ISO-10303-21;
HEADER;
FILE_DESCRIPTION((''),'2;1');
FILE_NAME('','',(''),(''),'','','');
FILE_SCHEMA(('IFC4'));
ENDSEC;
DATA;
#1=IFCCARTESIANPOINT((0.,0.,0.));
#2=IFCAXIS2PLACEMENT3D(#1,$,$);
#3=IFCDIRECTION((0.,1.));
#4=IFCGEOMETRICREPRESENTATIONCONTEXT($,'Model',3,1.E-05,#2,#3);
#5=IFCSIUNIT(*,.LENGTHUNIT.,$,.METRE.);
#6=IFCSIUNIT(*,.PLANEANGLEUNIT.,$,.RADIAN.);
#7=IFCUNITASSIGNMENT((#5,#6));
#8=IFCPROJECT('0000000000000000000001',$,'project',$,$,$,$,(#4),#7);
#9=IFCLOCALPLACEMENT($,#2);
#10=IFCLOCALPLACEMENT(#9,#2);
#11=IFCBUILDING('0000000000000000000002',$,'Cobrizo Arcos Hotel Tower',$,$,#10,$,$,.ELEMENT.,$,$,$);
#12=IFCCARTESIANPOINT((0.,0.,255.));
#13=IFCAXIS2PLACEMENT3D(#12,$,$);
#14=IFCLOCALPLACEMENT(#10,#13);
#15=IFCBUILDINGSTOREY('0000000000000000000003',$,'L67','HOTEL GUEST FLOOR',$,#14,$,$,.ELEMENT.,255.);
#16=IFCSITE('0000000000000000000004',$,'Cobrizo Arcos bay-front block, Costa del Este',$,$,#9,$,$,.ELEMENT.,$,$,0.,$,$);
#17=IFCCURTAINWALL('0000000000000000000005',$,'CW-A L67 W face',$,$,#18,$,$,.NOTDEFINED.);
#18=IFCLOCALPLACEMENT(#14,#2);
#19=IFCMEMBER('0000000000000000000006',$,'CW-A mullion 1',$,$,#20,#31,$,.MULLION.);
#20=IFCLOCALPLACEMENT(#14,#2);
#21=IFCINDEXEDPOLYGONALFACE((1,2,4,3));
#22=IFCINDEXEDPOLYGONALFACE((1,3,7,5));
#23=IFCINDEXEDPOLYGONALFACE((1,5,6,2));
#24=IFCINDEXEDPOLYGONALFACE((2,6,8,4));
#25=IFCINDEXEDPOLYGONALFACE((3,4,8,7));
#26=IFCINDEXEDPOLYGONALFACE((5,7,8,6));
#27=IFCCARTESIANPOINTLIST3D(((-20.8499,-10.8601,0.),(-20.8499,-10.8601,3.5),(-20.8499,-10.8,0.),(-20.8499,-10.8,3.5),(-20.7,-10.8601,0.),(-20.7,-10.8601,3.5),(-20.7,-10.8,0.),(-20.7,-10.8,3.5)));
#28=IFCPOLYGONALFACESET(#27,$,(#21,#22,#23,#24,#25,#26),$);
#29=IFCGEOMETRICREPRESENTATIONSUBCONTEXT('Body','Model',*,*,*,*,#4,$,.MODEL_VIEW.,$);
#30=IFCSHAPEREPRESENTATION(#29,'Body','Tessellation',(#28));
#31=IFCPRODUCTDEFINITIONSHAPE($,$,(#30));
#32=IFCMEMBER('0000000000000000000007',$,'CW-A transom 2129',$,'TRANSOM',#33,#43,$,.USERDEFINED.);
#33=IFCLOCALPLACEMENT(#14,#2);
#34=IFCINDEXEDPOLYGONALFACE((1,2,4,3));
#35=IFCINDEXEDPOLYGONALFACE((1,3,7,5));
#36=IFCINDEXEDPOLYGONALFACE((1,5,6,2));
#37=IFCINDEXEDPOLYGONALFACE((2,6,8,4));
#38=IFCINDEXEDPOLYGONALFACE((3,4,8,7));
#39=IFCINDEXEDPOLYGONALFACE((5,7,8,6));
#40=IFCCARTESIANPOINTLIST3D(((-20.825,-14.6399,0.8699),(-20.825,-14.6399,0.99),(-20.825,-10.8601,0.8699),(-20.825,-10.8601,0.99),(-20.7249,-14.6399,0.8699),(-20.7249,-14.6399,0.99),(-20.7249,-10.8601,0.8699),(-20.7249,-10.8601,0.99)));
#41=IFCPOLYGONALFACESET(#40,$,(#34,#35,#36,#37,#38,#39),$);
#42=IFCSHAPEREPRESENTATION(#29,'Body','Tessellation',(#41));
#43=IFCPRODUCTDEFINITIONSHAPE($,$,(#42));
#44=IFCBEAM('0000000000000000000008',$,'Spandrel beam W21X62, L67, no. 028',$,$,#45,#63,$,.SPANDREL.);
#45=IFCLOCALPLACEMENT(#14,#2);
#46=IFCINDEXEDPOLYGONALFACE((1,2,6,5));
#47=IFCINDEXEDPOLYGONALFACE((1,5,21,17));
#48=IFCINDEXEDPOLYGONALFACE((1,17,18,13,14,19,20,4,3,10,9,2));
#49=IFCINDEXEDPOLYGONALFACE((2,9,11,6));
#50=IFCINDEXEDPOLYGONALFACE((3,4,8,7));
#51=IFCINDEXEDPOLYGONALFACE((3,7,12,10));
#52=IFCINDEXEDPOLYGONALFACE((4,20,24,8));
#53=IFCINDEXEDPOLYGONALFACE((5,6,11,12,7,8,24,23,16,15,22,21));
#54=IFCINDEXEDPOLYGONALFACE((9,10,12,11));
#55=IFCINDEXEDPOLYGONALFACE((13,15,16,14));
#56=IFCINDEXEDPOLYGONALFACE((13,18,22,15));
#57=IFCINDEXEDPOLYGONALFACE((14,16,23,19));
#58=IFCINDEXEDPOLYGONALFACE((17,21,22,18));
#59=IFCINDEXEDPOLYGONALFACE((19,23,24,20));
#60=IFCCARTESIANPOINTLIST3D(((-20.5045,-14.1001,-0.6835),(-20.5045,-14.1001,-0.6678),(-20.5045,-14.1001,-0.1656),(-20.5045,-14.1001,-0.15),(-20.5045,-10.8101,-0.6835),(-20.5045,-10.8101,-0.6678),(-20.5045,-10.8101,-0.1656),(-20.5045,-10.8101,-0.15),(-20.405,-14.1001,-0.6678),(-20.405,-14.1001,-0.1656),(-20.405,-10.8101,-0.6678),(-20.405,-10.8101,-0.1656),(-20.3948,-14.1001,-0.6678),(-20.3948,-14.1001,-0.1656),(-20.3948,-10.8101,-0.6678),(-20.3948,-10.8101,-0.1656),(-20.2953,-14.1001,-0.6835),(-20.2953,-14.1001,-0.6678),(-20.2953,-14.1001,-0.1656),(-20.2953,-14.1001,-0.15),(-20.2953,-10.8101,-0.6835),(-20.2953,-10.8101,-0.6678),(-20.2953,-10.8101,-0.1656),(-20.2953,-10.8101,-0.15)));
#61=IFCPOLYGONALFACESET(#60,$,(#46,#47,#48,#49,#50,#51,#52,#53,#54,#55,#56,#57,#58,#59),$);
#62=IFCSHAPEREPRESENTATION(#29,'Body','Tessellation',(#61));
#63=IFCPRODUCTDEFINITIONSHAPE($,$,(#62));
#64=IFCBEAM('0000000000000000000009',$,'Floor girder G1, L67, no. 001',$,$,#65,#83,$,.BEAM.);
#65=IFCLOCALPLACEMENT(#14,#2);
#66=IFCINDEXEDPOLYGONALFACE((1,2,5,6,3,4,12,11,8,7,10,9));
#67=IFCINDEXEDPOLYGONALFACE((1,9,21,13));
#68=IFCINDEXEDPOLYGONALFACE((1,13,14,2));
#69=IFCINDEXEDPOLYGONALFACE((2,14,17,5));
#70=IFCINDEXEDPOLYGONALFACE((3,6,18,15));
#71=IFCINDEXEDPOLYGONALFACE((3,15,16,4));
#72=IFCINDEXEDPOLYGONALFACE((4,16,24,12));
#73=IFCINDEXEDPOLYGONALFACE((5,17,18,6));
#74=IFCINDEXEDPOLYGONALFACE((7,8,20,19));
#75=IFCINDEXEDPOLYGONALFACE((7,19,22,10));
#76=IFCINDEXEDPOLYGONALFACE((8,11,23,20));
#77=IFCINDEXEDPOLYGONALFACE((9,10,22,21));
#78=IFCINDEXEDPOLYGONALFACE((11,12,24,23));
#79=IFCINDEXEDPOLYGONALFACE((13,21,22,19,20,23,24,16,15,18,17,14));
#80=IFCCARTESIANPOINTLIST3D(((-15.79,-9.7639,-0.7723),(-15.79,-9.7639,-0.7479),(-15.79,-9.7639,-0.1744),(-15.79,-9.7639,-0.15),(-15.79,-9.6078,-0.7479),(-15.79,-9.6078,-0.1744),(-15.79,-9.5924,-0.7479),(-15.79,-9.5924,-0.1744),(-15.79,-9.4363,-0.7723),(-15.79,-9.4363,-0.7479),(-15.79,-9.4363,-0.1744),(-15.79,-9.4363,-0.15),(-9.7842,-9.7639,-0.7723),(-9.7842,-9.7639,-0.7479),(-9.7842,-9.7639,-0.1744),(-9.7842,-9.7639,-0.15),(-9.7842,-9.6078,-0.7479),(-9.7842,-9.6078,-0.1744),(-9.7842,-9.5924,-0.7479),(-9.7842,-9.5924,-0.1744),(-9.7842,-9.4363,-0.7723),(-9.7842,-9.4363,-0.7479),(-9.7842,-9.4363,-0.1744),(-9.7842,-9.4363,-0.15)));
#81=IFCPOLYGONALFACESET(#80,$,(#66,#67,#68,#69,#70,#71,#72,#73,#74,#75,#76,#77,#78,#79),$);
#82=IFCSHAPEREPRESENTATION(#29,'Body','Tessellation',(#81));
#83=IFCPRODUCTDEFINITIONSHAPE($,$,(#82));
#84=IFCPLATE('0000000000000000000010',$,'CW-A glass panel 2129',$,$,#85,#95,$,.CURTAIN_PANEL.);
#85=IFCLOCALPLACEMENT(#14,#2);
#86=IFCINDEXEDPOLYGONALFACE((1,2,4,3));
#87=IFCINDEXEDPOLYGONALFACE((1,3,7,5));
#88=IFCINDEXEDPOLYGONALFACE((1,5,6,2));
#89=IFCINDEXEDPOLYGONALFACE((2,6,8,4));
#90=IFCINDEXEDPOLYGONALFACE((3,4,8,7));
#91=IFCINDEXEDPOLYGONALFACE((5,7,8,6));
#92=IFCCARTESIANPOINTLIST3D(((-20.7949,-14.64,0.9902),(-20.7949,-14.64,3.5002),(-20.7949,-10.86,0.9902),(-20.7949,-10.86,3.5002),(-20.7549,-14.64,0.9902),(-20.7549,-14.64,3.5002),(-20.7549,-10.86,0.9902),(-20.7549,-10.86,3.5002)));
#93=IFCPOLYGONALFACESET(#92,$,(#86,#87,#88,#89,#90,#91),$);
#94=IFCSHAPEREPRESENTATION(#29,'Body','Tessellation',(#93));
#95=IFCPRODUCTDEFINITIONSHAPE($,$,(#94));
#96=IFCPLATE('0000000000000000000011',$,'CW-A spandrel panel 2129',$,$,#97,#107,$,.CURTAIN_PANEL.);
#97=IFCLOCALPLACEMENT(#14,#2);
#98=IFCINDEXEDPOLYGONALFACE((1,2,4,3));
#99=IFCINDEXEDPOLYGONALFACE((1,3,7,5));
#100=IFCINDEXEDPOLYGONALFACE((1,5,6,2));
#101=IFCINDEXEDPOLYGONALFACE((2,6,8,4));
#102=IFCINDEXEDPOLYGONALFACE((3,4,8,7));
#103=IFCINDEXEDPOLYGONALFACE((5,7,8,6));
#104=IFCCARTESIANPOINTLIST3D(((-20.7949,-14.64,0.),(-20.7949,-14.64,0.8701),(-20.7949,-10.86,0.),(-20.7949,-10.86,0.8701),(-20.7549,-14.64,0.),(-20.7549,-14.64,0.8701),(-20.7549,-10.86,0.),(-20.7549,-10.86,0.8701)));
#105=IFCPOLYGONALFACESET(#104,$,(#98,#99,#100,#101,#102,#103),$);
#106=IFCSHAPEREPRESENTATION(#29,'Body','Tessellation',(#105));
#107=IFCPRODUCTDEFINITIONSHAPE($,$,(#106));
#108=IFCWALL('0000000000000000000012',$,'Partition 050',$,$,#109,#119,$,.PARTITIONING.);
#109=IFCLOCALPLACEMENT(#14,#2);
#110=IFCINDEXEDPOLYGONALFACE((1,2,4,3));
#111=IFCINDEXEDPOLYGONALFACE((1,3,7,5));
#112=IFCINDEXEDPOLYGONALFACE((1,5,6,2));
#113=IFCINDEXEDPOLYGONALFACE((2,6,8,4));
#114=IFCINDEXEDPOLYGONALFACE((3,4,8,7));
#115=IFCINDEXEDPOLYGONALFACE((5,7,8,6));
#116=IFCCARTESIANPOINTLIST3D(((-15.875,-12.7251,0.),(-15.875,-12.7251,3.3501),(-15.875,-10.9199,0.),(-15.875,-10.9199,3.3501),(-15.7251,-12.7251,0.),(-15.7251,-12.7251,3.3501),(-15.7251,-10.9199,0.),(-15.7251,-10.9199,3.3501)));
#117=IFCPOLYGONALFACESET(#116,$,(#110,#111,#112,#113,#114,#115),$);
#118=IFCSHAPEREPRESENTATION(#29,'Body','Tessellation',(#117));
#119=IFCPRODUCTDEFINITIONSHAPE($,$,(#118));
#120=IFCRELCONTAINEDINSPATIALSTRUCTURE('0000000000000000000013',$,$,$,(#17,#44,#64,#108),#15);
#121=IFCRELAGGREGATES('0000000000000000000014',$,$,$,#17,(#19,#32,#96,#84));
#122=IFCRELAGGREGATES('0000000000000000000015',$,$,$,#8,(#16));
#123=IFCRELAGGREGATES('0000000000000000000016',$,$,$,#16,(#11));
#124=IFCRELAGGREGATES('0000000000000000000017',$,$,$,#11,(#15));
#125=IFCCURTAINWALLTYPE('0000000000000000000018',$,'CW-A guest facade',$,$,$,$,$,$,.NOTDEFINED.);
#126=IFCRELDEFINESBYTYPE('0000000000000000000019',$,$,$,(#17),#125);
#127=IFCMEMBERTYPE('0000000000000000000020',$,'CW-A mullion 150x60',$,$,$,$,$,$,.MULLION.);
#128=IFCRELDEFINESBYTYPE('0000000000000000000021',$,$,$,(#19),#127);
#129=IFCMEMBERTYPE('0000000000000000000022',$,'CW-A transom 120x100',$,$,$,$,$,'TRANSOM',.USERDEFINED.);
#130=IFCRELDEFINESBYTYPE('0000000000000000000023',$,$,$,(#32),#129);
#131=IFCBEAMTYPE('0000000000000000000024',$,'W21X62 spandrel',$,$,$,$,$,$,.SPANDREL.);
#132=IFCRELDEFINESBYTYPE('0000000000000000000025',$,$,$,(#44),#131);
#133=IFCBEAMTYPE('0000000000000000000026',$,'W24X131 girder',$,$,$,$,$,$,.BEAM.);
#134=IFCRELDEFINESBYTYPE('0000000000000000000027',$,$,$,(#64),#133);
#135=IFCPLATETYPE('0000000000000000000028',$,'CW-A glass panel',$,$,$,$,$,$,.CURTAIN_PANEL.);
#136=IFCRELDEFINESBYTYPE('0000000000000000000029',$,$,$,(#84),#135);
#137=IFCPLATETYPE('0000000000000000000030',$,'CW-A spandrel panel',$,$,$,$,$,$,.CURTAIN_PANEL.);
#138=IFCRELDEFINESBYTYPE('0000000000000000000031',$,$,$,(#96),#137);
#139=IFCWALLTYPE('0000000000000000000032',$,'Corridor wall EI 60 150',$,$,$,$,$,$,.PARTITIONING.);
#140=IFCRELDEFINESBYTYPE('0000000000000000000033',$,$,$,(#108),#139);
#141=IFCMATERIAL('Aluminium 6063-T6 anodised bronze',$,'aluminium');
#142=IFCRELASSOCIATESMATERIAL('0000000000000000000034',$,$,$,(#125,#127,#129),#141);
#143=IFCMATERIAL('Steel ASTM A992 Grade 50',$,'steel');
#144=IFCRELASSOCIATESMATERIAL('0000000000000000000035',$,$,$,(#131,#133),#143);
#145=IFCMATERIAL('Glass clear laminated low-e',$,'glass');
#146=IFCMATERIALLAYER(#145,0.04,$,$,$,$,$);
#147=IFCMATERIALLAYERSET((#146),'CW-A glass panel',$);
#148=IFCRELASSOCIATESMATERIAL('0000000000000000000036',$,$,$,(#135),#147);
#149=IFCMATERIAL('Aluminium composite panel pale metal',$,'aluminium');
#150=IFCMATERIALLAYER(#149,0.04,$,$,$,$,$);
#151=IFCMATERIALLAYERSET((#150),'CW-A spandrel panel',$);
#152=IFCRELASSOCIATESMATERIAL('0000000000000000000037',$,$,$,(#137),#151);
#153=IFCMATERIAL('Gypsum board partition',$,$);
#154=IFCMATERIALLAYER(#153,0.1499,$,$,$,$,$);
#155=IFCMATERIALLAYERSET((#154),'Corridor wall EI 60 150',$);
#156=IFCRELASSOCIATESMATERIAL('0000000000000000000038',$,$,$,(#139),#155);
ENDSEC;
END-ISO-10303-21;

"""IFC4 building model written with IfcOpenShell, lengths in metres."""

from ifc_helpers import new_model, si_unit, direction, frame, frame_2d, origin, origin_2d, place, context, subcontext, project, spatial, rectangle, i_section, extrude, material, layer, layer_set, material_profile, profile_set, type_object, element, aggregate, save


model = new_model("IFC4")

# Units and contexts
model_context = context("Model", 3, precision=1e-05, world=origin(), true_north=direction((0.0, 1.0)))
body_context = subcontext(model_context, "Body", "Model", "MODEL_VIEW")
ifc_project = project(units=[si_unit("LENGTHUNIT", "METRE"), si_unit("PLANEANGLEUNIT", "RADIAN")], contexts=[model_context])

# Site, building, storey
site_placement = place(None, origin())
site = spatial("IfcSite", under=ifc_project, at=site_placement, Name="Cobrizo Arcos bay-front block, Costa del Este", CompositionType="ELEMENT", RefElevation=0.0)
building_placement = place(site_placement, origin())
building = spatial("IfcBuilding", under=site, at=building_placement, Name="Cobrizo Arcos Hotel Tower", CompositionType="ELEMENT")
storey_placement = place(building_placement, frame((0.0, 0.0, 255.0)))
storey = spatial("IfcBuildingStorey", under=building, at=storey_placement, Name="L67", Description="HOTEL GUEST FLOOR", CompositionType="ELEMENT", Elevation=255.0)

# Curtain wall, members
ifc_material_1 = material(Name="Aluminium 6063-T6 anodised bronze", Category="aluminium")
curtain_wall_type = type_object("IfcCurtainWallType", Name="CW-A guest facade", PredefinedType="NOTDEFINED", material=ifc_material_1)
curtain_wall_placement = place(storey_placement, origin())
curtain_wall = element("IfcCurtainWall", 1, at=curtain_wall_placement, inside=storey, type_object=curtain_wall_type, Name="CW-A L67 W face", PredefinedType="NOTDEFINED")
ifc_material_profile_1 = material_profile(ifc_material_1, rectangle(XDim=0.1499, YDim=0.0601, at=origin_2d()), Name="CW-A mullion 150x60")
ifc_profile_set_1 = profile_set([ifc_material_profile_1], Name="Aluminium 6063-T6 anodised bronze")
member_type_1 = type_object("IfcMemberType", Name="CW-A mullion 150x60", PredefinedType="MULLION", material=ifc_profile_set_1)
member_1_placement = place(storey_placement, frame((-20.7749, -10.8301, 0.0), z_axis=(0.0, 0.0, 1.0), x_axis=(-1.0, 0.0, 0.0)))
member_1 = element("IfcMember", 2, at=member_1_placement, type_object=member_type_1, Name="CW-A mullion 1", PredefinedType="MULLION", context=body_context, shape_type="SweptSolid", body=[
    extrude(rectangle(XDim=0.1499, YDim=0.0601, at=origin_2d()), origin(), (0.0, 0.0, 1.0), 3.5),
])
ifc_material_profile_2 = material_profile(ifc_material_1, rectangle(XDim=0.1001, YDim=0.1201, at=origin_2d()), Name="CW-A transom 120x100")
ifc_profile_set_2 = profile_set([ifc_material_profile_2], Name="Aluminium 6063-T6 anodised bronze")
member_type_2 = type_object("IfcMemberType", Name="CW-A transom 120x100", ElementType="TRANSOM", PredefinedType="USERDEFINED", material=ifc_profile_set_2)
member_2_placement = place(storey_placement, frame((-20.7749, -10.8601, 0.9299), z_axis=(0.0, -1.0, 0.0), x_axis=(1.0, 0.0, 0.0)))
member_2 = element("IfcMember", 3, at=member_2_placement, type_object=member_type_2, Name="CW-A transom 2129", ObjectType="TRANSOM", PredefinedType="USERDEFINED", context=body_context, shape_type="SweptSolid", body=[
    extrude(rectangle(XDim=0.1001, YDim=0.1201, at=origin_2d()), origin(), (0.0, 0.0, 1.0), 3.7798),
])

# Beams
ifc_material_2 = material(Name="Steel ASTM A992 Grade 50", Category="steel")
ifc_material_profile_3 = material_profile(ifc_material_2, i_section(OverallWidth=0.2092, OverallDepth=0.5334, WebThickness=0.0103, FlangeThickness=0.0156, at=origin_2d()), Name="W21X62")
ifc_profile_set_3 = profile_set([ifc_material_profile_3], Name="Steel ASTM A992 Grade 50")
beam_type_1 = type_object("IfcBeamType", Name="W21X62 spandrel", PredefinedType="SPANDREL", material=ifc_profile_set_3)
beam_1_placement = place(storey_placement, frame((-20.3999, -10.8101, -0.4167), z_axis=(0.0, -1.0, 0.0), x_axis=(1.0, 0.0, 0.0)))
element("IfcBeam", 4, at=beam_1_placement, inside=storey, type_object=beam_type_1, Name="Spandrel beam W21X62, L67, no. 028", PredefinedType="SPANDREL", context=body_context, shape_type="SweptSolid", body=[
    extrude(i_section(OverallWidth=0.2092, OverallDepth=0.5334, WebThickness=0.0103, FlangeThickness=0.0156, at=origin_2d()), origin(), (0.0, 0.0, 1.0), 3.29),
])
ifc_material_profile_4 = material_profile(ifc_material_2, i_section(OverallWidth=0.3276, OverallDepth=0.6223, WebThickness=0.0154, FlangeThickness=0.0244, at=origin_2d()), Name="W24X131")
ifc_profile_set_4 = profile_set([ifc_material_profile_4], Name="Steel ASTM A992 Grade 50")
beam_type_2 = type_object("IfcBeamType", Name="W24X131 girder", PredefinedType="BEAM", material=ifc_profile_set_4)
beam_2_placement = place(storey_placement, frame((-15.79, -9.6001, -0.4612), z_axis=(1.0, 0.0, 0.0), x_axis=(0.0, 1.0, 0.0)))
element("IfcBeam", 5, at=beam_2_placement, inside=storey, type_object=beam_type_2, Name="Floor girder G1, L67, no. 001", PredefinedType="BEAM", context=body_context, shape_type="SweptSolid", body=[
    extrude(i_section(OverallWidth=0.3276, OverallDepth=0.6223, WebThickness=0.0154, FlangeThickness=0.0244, at=origin_2d()), origin(), (0.0, 0.0, 1.0), 6.0059),
])

# Plates
ifc_material_3 = material(Name="Glass clear laminated low-e", Category="glass")
ifc_layer_1 = layer(ifc_material_3, 0.04)
ifc_layer_set_1 = layer_set([ifc_layer_1], Name="CW-A glass panel")
plate_type_1 = type_object("IfcPlateType", Name="CW-A glass panel", PredefinedType="CURTAIN_PANEL", material=ifc_layer_set_1)
plate_1_placement = place(storey_placement, frame((-20.7749, -12.75, 0.9902), z_axis=(0.0, 0.0, 1.0), x_axis=(0.0, -1.0, 0.0)))
plate_1 = element("IfcPlate", 6, at=plate_1_placement, type_object=plate_type_1, Name="CW-A glass panel 2129", PredefinedType="CURTAIN_PANEL", context=body_context, shape_type="SweptSolid", body=[
    extrude(rectangle(XDim=3.78, YDim=0.04, at=origin_2d()), origin(), (0.0, 0.0, 1.0), 2.51),
])
ifc_material_4 = material(Name="Aluminium composite panel pale metal", Category="aluminium")
ifc_layer_2 = layer(ifc_material_4, 0.04)
ifc_layer_set_2 = layer_set([ifc_layer_2], Name="CW-A spandrel panel")
plate_type_2 = type_object("IfcPlateType", Name="CW-A spandrel panel", PredefinedType="CURTAIN_PANEL", material=ifc_layer_set_2)
plate_2_placement = place(storey_placement, frame((-20.7749, -12.75, 0.0), z_axis=(0.0, 0.0, 1.0), x_axis=(0.0, -1.0, 0.0)))
plate_2 = element("IfcPlate", 7, at=plate_2_placement, type_object=plate_type_2, Name="CW-A spandrel panel 2129", PredefinedType="CURTAIN_PANEL", context=body_context, shape_type="SweptSolid", body=[
    extrude(rectangle(XDim=3.78, YDim=0.04, at=origin_2d()), origin(), (0.0, 0.0, 1.0), 0.8701),
])
aggregate(curtain_wall, [member_1, member_2, plate_2, plate_1])

# Wall
ifc_material_5 = material(Name="Gypsum board partition")
ifc_layer_3 = layer(ifc_material_5, 0.1499)
ifc_layer_set_3 = layer_set([ifc_layer_3], Name="Corridor wall EI 60 150")
wall_type_1 = type_object("IfcWallType", Name="Corridor wall EI 60 150", PredefinedType="PARTITIONING", material=ifc_layer_set_3)
wall_1_placement = place(storey_placement, frame((-15.8, -12.7251, 0.0), z_axis=(0.0, 0.0, 1.0), x_axis=(0.0, 1.0, 0.0)))
element("IfcWall", 8, at=wall_1_placement, inside=storey, type_object=wall_type_1, Name="Partition 050", PredefinedType="PARTITIONING", context=body_context, shape_type="SweptSolid", body=[
    extrude(rectangle(XDim=1.8052, YDim=0.1499, at=frame_2d((0.9026, 0.0))), origin(), (0.0, 0.0, 1.0), 3.3501),
])

save(model, "model.ifc")
